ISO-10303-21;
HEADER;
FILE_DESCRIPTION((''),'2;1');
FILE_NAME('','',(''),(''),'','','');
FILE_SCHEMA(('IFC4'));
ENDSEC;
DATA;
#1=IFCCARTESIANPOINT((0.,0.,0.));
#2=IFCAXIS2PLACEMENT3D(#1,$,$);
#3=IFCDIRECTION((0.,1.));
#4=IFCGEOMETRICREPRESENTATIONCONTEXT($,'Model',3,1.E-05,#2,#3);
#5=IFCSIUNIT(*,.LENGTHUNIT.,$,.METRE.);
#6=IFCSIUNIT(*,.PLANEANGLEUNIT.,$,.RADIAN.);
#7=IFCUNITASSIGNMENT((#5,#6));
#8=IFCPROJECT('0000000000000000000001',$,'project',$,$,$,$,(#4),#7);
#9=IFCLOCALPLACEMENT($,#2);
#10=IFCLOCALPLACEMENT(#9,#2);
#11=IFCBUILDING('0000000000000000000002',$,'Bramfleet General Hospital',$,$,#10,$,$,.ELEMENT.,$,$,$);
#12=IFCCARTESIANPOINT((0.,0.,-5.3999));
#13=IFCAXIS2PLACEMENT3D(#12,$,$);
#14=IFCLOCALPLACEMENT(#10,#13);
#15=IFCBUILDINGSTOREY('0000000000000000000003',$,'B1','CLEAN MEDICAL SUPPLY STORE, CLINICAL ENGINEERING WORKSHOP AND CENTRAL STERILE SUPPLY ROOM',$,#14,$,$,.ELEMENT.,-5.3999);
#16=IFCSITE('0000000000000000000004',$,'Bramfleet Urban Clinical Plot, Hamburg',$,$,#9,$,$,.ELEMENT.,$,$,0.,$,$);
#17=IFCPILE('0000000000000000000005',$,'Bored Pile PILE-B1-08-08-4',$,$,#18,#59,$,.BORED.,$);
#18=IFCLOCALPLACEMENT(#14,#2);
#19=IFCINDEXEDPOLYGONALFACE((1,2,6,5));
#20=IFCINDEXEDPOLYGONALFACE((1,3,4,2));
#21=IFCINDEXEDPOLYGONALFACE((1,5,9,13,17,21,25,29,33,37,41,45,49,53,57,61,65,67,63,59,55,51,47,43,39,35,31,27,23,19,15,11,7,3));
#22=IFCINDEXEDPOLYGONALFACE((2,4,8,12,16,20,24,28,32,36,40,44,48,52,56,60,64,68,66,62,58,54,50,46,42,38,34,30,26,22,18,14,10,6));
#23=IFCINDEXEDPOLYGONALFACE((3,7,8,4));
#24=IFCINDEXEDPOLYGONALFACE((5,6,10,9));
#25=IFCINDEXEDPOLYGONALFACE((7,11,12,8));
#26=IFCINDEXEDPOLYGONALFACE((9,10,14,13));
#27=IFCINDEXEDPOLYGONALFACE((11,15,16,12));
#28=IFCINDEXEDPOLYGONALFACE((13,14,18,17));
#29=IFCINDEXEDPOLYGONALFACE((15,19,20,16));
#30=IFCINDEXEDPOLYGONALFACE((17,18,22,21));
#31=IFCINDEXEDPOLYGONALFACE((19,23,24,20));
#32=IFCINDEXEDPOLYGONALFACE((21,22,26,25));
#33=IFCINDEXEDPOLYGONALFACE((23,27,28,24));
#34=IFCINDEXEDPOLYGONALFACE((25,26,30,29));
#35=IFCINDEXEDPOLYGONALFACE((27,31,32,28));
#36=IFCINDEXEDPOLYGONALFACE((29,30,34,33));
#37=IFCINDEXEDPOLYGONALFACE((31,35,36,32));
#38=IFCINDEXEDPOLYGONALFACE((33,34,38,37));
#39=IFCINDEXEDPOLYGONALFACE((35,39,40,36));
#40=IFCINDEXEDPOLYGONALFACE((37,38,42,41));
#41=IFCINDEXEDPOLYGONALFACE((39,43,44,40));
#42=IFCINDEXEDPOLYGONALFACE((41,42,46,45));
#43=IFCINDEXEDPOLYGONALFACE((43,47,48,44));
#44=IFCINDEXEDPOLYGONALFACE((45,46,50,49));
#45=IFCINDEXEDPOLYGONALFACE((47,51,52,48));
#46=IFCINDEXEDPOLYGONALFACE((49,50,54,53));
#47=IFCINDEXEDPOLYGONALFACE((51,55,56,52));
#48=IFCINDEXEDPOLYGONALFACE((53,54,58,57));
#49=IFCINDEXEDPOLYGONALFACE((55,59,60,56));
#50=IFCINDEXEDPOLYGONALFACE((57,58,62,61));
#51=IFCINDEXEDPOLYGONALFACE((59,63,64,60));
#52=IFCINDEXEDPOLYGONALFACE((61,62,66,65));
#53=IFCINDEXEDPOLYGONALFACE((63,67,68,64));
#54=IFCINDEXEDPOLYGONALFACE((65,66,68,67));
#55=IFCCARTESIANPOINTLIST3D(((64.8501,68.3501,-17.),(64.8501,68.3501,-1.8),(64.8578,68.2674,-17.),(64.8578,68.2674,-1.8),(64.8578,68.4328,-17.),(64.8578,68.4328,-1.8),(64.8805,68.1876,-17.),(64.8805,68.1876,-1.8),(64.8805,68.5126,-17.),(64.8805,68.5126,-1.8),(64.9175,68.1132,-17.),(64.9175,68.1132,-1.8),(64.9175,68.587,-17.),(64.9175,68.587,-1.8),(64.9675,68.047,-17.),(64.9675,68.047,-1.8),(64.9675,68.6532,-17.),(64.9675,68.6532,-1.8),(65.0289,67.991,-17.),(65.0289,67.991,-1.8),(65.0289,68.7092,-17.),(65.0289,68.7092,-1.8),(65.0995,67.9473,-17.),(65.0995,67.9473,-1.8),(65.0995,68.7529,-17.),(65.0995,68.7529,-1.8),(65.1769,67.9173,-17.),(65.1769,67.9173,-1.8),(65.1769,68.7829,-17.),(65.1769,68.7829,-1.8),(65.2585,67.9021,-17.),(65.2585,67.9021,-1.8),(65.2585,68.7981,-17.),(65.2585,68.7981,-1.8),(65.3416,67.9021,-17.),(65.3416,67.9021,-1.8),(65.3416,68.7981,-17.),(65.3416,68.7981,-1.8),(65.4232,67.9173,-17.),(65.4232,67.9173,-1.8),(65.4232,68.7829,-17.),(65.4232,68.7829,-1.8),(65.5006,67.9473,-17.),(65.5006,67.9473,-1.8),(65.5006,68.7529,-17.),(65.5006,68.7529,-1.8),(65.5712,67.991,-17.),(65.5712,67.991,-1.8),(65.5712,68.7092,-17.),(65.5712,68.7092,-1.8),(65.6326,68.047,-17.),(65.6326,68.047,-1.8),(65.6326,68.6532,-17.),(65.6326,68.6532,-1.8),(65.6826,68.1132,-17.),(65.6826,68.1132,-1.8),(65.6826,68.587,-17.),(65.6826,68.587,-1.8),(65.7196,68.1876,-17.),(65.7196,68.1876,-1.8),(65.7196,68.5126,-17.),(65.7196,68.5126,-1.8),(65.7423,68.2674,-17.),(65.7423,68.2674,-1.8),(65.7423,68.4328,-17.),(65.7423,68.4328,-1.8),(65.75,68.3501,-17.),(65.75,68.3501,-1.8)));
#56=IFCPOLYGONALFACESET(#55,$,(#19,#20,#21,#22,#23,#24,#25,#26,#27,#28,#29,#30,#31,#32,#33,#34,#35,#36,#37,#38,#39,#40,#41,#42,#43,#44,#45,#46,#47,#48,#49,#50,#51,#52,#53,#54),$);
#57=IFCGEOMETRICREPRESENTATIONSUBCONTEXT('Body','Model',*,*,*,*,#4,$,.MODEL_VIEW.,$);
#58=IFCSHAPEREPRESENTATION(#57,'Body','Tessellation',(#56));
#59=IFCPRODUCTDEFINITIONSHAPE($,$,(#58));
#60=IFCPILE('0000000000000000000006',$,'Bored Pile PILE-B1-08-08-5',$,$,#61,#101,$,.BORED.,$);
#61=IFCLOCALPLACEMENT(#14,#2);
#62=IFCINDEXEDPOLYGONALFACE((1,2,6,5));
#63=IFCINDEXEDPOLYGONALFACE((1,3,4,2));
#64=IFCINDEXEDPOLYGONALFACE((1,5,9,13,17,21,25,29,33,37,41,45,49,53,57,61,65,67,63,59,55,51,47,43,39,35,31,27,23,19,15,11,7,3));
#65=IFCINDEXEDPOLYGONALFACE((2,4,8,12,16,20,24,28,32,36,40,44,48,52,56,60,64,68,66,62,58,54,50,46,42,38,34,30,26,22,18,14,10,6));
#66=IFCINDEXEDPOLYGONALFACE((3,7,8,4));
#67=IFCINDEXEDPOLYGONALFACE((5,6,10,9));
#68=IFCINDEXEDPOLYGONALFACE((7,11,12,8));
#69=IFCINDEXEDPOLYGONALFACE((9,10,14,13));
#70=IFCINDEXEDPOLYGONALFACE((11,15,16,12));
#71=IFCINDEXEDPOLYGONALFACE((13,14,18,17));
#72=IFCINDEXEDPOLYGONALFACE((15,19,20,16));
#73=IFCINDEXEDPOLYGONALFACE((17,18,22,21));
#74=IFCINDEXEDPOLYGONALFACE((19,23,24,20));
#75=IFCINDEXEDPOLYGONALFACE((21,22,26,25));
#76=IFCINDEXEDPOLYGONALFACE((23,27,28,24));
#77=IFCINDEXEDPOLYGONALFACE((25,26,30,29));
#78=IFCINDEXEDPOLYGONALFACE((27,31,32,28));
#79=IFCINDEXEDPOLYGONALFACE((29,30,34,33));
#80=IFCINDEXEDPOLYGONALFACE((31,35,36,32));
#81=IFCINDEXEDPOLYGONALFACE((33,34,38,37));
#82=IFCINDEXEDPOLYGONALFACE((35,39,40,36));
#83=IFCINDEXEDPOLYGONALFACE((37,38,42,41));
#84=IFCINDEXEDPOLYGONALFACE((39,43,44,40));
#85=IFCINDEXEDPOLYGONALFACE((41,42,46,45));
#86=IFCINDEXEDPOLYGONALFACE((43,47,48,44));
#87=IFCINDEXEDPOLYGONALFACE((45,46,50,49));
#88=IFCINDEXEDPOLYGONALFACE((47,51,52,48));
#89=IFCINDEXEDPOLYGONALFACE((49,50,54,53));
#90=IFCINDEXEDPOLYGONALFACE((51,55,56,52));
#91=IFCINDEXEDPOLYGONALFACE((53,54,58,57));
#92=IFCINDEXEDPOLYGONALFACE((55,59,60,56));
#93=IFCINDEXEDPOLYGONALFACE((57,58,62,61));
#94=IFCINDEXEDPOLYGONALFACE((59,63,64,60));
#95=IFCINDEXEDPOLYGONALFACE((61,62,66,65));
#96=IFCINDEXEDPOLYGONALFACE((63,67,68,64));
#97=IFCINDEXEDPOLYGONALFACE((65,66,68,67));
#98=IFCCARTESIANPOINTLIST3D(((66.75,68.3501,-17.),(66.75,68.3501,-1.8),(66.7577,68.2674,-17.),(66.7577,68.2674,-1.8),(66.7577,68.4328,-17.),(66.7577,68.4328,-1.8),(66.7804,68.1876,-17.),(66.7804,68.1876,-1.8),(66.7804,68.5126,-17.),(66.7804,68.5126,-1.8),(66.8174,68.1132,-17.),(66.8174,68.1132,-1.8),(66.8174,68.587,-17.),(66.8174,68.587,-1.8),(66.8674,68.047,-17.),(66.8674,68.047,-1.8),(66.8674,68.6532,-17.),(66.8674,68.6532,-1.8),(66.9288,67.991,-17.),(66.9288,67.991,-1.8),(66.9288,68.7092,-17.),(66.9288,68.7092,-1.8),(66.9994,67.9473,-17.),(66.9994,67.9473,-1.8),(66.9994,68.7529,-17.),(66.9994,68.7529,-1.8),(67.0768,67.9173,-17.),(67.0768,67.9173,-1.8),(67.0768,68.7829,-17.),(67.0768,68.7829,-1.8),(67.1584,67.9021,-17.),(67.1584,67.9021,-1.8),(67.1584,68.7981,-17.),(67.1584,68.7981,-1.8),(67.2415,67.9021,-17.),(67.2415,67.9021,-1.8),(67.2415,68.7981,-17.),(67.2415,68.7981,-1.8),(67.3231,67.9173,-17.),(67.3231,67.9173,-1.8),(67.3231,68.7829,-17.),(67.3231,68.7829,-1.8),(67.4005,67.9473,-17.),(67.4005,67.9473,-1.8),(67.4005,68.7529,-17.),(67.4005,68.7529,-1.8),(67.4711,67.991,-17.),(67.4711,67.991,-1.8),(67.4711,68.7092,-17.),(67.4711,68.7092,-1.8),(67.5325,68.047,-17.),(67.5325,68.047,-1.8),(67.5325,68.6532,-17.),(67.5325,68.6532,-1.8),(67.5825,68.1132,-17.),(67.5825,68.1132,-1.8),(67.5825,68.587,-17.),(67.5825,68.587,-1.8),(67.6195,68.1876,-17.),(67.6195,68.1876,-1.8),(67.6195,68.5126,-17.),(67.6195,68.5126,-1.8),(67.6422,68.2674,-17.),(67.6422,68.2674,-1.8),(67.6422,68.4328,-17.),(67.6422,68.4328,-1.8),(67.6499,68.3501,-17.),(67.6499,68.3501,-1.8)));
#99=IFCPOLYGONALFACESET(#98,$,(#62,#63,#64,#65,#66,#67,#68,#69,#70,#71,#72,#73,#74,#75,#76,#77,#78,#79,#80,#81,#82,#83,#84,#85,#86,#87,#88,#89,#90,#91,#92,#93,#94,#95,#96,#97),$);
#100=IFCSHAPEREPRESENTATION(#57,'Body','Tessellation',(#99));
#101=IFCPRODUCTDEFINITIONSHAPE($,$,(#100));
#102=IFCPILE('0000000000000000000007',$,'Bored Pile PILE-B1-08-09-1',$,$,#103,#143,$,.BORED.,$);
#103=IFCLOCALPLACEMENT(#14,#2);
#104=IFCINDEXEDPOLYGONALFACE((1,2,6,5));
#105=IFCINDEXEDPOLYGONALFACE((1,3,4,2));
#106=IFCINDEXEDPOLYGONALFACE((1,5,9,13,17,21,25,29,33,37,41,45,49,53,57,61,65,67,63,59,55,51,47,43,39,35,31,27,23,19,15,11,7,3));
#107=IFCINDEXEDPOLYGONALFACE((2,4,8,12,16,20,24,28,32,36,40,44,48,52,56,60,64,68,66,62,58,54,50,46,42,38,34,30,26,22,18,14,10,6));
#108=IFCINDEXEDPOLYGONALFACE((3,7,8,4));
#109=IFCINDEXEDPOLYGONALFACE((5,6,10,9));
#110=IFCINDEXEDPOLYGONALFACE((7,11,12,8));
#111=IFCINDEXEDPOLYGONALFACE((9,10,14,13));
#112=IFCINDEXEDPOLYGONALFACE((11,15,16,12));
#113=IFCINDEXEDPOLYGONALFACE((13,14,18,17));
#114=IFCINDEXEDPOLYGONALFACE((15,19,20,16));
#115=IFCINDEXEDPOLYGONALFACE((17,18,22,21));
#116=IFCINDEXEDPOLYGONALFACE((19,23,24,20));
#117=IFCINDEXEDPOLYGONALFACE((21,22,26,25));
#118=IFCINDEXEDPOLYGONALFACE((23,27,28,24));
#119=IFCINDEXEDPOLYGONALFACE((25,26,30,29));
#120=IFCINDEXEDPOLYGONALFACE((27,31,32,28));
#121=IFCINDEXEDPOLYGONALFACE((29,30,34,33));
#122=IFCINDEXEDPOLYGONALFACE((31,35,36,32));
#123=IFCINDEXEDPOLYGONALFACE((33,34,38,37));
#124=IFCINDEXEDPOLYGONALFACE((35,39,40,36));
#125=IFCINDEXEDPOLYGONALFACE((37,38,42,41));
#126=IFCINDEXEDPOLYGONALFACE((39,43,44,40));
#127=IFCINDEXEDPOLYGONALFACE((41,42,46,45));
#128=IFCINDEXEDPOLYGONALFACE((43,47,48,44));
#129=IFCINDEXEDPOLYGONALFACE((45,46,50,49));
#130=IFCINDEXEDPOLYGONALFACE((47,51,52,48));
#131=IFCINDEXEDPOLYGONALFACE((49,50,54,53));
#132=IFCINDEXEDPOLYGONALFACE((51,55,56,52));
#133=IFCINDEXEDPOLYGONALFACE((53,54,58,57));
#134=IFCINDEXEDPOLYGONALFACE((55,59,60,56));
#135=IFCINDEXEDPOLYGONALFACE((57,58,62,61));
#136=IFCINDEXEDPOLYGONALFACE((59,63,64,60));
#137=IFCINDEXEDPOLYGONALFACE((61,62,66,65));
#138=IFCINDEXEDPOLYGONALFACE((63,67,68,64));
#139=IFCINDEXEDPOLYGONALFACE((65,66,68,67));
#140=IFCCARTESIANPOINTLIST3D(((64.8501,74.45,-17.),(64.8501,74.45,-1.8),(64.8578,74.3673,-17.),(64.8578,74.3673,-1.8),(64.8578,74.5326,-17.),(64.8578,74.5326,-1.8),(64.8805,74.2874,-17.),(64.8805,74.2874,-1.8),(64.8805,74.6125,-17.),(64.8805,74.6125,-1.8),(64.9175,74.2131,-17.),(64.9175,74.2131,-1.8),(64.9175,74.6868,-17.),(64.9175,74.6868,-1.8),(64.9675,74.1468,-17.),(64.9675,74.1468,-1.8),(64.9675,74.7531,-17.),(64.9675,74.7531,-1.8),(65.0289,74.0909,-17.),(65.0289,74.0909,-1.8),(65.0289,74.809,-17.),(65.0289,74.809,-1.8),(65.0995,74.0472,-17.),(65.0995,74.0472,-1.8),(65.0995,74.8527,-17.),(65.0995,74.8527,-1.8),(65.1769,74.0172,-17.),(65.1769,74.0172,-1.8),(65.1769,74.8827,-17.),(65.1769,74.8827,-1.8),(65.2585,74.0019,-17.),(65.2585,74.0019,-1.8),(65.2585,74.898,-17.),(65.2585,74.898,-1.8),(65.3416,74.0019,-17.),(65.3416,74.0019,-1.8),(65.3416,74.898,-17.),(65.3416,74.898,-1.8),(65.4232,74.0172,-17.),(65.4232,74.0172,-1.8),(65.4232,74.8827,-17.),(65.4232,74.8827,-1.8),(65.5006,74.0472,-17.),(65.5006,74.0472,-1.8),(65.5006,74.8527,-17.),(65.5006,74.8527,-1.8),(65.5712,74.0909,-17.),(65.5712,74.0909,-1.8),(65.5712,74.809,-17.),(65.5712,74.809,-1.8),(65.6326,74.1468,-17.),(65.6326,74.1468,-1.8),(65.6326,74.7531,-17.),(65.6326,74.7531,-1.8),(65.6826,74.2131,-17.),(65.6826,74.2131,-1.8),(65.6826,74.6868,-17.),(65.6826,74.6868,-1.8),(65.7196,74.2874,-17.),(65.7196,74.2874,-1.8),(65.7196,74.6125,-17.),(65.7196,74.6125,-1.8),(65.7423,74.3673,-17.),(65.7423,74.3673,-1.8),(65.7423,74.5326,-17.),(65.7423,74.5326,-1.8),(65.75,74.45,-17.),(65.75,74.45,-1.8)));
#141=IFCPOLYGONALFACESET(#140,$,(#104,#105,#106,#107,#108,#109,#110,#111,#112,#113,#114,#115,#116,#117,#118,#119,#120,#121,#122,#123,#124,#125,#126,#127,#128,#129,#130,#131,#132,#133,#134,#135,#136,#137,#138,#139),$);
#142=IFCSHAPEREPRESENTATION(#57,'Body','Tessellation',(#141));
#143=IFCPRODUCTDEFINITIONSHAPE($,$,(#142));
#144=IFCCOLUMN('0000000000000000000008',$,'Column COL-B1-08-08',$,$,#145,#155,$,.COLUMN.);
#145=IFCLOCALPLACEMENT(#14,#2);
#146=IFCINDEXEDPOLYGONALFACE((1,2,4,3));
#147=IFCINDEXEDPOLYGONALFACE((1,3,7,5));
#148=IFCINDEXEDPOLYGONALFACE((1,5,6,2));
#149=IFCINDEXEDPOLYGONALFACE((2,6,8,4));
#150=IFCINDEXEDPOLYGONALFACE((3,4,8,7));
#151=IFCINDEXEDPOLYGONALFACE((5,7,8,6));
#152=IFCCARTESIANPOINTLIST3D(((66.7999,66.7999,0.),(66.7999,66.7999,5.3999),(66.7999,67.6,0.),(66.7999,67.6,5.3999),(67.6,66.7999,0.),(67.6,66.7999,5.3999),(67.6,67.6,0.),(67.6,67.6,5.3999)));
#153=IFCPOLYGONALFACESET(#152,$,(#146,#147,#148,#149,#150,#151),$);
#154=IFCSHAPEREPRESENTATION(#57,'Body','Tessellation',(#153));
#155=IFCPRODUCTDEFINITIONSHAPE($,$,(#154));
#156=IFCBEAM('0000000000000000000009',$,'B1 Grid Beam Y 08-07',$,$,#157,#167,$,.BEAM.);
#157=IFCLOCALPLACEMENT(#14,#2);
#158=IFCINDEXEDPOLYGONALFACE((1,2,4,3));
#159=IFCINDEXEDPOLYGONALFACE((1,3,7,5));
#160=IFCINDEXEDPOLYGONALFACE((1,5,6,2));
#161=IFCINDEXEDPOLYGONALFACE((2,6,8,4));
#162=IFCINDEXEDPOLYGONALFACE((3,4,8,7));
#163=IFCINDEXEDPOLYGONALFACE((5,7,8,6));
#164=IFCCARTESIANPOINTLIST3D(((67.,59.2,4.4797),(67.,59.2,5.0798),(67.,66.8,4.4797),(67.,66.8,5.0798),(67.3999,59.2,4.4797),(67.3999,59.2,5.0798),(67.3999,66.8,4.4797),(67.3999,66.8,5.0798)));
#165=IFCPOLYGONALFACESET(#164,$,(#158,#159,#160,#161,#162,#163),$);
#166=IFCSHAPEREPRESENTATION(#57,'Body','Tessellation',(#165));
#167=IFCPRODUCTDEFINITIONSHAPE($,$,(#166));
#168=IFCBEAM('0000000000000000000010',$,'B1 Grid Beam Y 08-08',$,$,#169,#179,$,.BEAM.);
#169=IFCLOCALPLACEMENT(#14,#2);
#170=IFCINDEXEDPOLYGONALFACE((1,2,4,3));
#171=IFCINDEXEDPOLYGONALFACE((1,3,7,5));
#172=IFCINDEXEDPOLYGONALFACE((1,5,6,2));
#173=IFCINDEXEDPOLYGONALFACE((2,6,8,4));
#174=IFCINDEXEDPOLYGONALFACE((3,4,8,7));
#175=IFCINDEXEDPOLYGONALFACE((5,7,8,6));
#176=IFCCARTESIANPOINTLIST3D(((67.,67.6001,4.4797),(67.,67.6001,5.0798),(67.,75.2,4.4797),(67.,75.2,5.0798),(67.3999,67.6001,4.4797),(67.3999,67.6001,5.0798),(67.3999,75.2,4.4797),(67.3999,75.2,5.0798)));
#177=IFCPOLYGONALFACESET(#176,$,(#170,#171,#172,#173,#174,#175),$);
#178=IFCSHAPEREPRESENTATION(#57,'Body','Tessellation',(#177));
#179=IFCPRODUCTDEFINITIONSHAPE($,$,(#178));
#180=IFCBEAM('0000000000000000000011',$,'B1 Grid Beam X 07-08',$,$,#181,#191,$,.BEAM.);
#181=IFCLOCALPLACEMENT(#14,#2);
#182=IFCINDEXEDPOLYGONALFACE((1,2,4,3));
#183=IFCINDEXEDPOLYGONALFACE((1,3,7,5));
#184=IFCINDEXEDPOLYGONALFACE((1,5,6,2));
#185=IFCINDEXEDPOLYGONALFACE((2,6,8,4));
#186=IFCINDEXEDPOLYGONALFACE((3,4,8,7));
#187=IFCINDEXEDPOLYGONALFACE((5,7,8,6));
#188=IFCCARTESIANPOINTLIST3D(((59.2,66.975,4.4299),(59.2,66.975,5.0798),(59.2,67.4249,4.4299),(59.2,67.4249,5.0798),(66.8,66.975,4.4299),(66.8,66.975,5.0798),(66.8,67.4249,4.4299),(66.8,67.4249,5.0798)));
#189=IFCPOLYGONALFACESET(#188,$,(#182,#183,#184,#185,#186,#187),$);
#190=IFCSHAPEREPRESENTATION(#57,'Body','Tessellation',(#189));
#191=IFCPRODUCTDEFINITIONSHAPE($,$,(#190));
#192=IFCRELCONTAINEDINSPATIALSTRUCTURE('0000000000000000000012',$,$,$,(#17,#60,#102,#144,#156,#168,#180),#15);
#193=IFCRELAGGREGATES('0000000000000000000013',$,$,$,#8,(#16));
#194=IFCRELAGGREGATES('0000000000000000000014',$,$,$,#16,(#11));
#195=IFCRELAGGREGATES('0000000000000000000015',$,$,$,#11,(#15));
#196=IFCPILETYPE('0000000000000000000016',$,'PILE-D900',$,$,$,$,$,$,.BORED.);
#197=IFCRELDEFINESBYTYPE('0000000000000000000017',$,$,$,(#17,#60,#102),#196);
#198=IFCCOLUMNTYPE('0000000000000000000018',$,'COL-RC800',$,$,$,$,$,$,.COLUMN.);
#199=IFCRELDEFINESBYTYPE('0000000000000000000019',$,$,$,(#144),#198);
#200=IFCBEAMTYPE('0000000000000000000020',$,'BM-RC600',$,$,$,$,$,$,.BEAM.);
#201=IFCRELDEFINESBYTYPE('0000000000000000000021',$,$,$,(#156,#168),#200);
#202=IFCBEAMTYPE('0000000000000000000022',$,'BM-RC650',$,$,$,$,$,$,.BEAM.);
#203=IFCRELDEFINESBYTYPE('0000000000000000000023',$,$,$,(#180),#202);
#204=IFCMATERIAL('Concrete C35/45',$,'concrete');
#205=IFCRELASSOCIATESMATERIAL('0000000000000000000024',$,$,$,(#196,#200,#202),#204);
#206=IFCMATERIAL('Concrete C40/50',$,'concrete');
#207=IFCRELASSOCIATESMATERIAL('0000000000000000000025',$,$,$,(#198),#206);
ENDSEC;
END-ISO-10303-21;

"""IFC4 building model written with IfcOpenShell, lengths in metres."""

from ifc_helpers import new_model, si_unit, direction, frame, origin, origin_2d, place, context, subcontext, project, spatial, rectangle, circle, extrude, material, material_profile, profile_set, type_object, element, save


model = new_model("IFC4")

# Units and contexts
model_context = context("Model", 3, precision=1e-05, world=origin(), true_north=direction((0.0, 1.0)))
body_context = subcontext(model_context, "Body", "Model", "MODEL_VIEW")
ifc_project = project(units=[si_unit("LENGTHUNIT", "METRE"), si_unit("PLANEANGLEUNIT", "RADIAN")], contexts=[model_context])

# Site, building, storey
site_placement = place(None, origin())
site = spatial("IfcSite", under=ifc_project, at=site_placement, Name="Bramfleet Urban Clinical Plot, Hamburg", CompositionType="ELEMENT", RefElevation=0.0)
building_placement = place(site_placement, origin())
building = spatial("IfcBuilding", under=site, at=building_placement, Name="Bramfleet General Hospital", CompositionType="ELEMENT")
storey_placement = place(building_placement, frame((0.0, 0.0, -5.3999)))
storey = spatial("IfcBuildingStorey", under=building, at=storey_placement, Name="B1", Description="CLEAN MEDICAL SUPPLY STORE, CLINICAL ENGINEERING WORKSHOP AND CENTRAL STERILE SUPPLY ROOM", CompositionType="ELEMENT", Elevation=-5.3999)

# Shared definitions
ifc_material_1 = material(Name="Concrete C35/45", Category="concrete")

# Piles
ifc_material_profile_1 = material_profile(ifc_material_1, circle(Radius=0.45, at=origin_2d()), Name="PILE BORED D900")
ifc_profile_set_1 = profile_set([ifc_material_profile_1], Name="Concrete C35/45")
pile_type = type_object("IfcPileType", Name="PILE-D900", PredefinedType="BORED", material=ifc_profile_set_1)
for number, where, z_axis, x_axis, name in (
    (1, (65.3, 68.3501, -1.8), (0.0, 0.0, -1.0), (1.0, 0.0, 0.0), "Bored Pile PILE-B1-08-08-4"),
    (2, (67.2, 68.3501, -1.8), (0.0, 0.0, -1.0), (1.0, 0.0, 0.0), "Bored Pile PILE-B1-08-08-5"),
    (3, (65.3, 74.45, -1.8), (0.0, 0.0, -1.0), (1.0, 0.0, 0.0), "Bored Pile PILE-B1-08-09-1"),
):
    element("IfcPile", number, at=place(storey_placement, frame(where, z_axis=z_axis, x_axis=x_axis)), inside=storey, type_object=pile_type, Name=name, PredefinedType="BORED", context=body_context, shape_type="SweptSolid", body=[
        extrude(circle(Radius=0.45, at=origin_2d()), origin(), (0.0, 0.0, 1.0), 15.2),
    ])

# Column
ifc_material_2 = material(Name="Concrete C40/50", Category="concrete")
ifc_material_profile_2 = material_profile(ifc_material_2, rectangle(XDim=0.8, YDim=0.8, at=origin_2d()), Name="RC COL 800x800")
ifc_profile_set_2 = profile_set([ifc_material_profile_2], Name="Concrete C40/50")
column_type = type_object("IfcColumnType", Name="COL-RC800", PredefinedType="COLUMN", material=ifc_profile_set_2)
column_placement = place(storey_placement, frame((67.2, 67.2, 0.0), z_axis=(0.0, 0.0, 1.0), x_axis=(1.0, 0.0, 0.0)))
element("IfcColumn", 4, at=column_placement, inside=storey, type_object=column_type, Name="Column COL-B1-08-08", PredefinedType="COLUMN", context=body_context, shape_type="SweptSolid", body=[
    extrude(rectangle(XDim=0.8, YDim=0.8, at=origin_2d()), origin(), (0.0, 0.0, 1.0), 5.3999),
])

# Beams
ifc_material_profile_3 = material_profile(ifc_material_1, rectangle(XDim=0.3999, YDim=0.6001, at=origin_2d()), Name="RC BM 600x400")
ifc_profile_set_3 = profile_set([ifc_material_profile_3], Name="Concrete C35/45")
beam_type_1 = type_object("IfcBeamType", Name="BM-RC600", PredefinedType="BEAM", material=ifc_profile_set_3)
beam_1_placement = place(storey_placement, frame((67.2, 59.2, 4.7798), z_axis=(0.0, 1.0, 0.0), x_axis=(-1.0, 0.0, 0.0)))
element("IfcBeam", 5, at=beam_1_placement, inside=storey, type_object=beam_type_1, Name="B1 Grid Beam Y 08-07", PredefinedType="BEAM", context=body_context, shape_type="SweptSolid", body=[
    extrude(rectangle(XDim=0.3999, YDim=0.6001, at=origin_2d()), origin(), (0.0, 0.0, 1.0), 7.6001),
])
beam_2_placement = place(storey_placement, frame((67.2, 67.6001, 4.7798), z_axis=(0.0, 1.0, 0.0), x_axis=(-1.0, 0.0, 0.0)))
element("IfcBeam", 6, at=beam_2_placement, inside=storey, type_object=beam_type_1, Name="B1 Grid Beam Y 08-08", PredefinedType="BEAM", context=body_context, shape_type="SweptSolid", body=[
    extrude(rectangle(XDim=0.3999, YDim=0.6001, at=origin_2d()), origin(), (0.0, 0.0, 1.0), 7.5999),
])
ifc_material_profile_4 = material_profile(ifc_material_1, rectangle(XDim=0.45, YDim=0.6499, at=origin_2d()), Name="RC BM 650x450")
ifc_profile_set_4 = profile_set([ifc_material_profile_4], Name="Concrete C35/45")
beam_type_2 = type_object("IfcBeamType", Name="BM-RC650", PredefinedType="BEAM", material=ifc_profile_set_4)
beam_3_placement = place(storey_placement, frame((59.2, 67.2, 4.7549), z_axis=(1.0, 0.0, 0.0), x_axis=(0.0, 1.0, 0.0)))
element("IfcBeam", 7, at=beam_3_placement, inside=storey, type_object=beam_type_2, Name="B1 Grid Beam X 07-08", PredefinedType="BEAM", context=body_context, shape_type="SweptSolid", body=[
    extrude(rectangle(XDim=0.45, YDim=0.6499, at=origin_2d()), origin(), (0.0, 0.0, 1.0), 7.6001),
])

save(model, "model.ifc")
